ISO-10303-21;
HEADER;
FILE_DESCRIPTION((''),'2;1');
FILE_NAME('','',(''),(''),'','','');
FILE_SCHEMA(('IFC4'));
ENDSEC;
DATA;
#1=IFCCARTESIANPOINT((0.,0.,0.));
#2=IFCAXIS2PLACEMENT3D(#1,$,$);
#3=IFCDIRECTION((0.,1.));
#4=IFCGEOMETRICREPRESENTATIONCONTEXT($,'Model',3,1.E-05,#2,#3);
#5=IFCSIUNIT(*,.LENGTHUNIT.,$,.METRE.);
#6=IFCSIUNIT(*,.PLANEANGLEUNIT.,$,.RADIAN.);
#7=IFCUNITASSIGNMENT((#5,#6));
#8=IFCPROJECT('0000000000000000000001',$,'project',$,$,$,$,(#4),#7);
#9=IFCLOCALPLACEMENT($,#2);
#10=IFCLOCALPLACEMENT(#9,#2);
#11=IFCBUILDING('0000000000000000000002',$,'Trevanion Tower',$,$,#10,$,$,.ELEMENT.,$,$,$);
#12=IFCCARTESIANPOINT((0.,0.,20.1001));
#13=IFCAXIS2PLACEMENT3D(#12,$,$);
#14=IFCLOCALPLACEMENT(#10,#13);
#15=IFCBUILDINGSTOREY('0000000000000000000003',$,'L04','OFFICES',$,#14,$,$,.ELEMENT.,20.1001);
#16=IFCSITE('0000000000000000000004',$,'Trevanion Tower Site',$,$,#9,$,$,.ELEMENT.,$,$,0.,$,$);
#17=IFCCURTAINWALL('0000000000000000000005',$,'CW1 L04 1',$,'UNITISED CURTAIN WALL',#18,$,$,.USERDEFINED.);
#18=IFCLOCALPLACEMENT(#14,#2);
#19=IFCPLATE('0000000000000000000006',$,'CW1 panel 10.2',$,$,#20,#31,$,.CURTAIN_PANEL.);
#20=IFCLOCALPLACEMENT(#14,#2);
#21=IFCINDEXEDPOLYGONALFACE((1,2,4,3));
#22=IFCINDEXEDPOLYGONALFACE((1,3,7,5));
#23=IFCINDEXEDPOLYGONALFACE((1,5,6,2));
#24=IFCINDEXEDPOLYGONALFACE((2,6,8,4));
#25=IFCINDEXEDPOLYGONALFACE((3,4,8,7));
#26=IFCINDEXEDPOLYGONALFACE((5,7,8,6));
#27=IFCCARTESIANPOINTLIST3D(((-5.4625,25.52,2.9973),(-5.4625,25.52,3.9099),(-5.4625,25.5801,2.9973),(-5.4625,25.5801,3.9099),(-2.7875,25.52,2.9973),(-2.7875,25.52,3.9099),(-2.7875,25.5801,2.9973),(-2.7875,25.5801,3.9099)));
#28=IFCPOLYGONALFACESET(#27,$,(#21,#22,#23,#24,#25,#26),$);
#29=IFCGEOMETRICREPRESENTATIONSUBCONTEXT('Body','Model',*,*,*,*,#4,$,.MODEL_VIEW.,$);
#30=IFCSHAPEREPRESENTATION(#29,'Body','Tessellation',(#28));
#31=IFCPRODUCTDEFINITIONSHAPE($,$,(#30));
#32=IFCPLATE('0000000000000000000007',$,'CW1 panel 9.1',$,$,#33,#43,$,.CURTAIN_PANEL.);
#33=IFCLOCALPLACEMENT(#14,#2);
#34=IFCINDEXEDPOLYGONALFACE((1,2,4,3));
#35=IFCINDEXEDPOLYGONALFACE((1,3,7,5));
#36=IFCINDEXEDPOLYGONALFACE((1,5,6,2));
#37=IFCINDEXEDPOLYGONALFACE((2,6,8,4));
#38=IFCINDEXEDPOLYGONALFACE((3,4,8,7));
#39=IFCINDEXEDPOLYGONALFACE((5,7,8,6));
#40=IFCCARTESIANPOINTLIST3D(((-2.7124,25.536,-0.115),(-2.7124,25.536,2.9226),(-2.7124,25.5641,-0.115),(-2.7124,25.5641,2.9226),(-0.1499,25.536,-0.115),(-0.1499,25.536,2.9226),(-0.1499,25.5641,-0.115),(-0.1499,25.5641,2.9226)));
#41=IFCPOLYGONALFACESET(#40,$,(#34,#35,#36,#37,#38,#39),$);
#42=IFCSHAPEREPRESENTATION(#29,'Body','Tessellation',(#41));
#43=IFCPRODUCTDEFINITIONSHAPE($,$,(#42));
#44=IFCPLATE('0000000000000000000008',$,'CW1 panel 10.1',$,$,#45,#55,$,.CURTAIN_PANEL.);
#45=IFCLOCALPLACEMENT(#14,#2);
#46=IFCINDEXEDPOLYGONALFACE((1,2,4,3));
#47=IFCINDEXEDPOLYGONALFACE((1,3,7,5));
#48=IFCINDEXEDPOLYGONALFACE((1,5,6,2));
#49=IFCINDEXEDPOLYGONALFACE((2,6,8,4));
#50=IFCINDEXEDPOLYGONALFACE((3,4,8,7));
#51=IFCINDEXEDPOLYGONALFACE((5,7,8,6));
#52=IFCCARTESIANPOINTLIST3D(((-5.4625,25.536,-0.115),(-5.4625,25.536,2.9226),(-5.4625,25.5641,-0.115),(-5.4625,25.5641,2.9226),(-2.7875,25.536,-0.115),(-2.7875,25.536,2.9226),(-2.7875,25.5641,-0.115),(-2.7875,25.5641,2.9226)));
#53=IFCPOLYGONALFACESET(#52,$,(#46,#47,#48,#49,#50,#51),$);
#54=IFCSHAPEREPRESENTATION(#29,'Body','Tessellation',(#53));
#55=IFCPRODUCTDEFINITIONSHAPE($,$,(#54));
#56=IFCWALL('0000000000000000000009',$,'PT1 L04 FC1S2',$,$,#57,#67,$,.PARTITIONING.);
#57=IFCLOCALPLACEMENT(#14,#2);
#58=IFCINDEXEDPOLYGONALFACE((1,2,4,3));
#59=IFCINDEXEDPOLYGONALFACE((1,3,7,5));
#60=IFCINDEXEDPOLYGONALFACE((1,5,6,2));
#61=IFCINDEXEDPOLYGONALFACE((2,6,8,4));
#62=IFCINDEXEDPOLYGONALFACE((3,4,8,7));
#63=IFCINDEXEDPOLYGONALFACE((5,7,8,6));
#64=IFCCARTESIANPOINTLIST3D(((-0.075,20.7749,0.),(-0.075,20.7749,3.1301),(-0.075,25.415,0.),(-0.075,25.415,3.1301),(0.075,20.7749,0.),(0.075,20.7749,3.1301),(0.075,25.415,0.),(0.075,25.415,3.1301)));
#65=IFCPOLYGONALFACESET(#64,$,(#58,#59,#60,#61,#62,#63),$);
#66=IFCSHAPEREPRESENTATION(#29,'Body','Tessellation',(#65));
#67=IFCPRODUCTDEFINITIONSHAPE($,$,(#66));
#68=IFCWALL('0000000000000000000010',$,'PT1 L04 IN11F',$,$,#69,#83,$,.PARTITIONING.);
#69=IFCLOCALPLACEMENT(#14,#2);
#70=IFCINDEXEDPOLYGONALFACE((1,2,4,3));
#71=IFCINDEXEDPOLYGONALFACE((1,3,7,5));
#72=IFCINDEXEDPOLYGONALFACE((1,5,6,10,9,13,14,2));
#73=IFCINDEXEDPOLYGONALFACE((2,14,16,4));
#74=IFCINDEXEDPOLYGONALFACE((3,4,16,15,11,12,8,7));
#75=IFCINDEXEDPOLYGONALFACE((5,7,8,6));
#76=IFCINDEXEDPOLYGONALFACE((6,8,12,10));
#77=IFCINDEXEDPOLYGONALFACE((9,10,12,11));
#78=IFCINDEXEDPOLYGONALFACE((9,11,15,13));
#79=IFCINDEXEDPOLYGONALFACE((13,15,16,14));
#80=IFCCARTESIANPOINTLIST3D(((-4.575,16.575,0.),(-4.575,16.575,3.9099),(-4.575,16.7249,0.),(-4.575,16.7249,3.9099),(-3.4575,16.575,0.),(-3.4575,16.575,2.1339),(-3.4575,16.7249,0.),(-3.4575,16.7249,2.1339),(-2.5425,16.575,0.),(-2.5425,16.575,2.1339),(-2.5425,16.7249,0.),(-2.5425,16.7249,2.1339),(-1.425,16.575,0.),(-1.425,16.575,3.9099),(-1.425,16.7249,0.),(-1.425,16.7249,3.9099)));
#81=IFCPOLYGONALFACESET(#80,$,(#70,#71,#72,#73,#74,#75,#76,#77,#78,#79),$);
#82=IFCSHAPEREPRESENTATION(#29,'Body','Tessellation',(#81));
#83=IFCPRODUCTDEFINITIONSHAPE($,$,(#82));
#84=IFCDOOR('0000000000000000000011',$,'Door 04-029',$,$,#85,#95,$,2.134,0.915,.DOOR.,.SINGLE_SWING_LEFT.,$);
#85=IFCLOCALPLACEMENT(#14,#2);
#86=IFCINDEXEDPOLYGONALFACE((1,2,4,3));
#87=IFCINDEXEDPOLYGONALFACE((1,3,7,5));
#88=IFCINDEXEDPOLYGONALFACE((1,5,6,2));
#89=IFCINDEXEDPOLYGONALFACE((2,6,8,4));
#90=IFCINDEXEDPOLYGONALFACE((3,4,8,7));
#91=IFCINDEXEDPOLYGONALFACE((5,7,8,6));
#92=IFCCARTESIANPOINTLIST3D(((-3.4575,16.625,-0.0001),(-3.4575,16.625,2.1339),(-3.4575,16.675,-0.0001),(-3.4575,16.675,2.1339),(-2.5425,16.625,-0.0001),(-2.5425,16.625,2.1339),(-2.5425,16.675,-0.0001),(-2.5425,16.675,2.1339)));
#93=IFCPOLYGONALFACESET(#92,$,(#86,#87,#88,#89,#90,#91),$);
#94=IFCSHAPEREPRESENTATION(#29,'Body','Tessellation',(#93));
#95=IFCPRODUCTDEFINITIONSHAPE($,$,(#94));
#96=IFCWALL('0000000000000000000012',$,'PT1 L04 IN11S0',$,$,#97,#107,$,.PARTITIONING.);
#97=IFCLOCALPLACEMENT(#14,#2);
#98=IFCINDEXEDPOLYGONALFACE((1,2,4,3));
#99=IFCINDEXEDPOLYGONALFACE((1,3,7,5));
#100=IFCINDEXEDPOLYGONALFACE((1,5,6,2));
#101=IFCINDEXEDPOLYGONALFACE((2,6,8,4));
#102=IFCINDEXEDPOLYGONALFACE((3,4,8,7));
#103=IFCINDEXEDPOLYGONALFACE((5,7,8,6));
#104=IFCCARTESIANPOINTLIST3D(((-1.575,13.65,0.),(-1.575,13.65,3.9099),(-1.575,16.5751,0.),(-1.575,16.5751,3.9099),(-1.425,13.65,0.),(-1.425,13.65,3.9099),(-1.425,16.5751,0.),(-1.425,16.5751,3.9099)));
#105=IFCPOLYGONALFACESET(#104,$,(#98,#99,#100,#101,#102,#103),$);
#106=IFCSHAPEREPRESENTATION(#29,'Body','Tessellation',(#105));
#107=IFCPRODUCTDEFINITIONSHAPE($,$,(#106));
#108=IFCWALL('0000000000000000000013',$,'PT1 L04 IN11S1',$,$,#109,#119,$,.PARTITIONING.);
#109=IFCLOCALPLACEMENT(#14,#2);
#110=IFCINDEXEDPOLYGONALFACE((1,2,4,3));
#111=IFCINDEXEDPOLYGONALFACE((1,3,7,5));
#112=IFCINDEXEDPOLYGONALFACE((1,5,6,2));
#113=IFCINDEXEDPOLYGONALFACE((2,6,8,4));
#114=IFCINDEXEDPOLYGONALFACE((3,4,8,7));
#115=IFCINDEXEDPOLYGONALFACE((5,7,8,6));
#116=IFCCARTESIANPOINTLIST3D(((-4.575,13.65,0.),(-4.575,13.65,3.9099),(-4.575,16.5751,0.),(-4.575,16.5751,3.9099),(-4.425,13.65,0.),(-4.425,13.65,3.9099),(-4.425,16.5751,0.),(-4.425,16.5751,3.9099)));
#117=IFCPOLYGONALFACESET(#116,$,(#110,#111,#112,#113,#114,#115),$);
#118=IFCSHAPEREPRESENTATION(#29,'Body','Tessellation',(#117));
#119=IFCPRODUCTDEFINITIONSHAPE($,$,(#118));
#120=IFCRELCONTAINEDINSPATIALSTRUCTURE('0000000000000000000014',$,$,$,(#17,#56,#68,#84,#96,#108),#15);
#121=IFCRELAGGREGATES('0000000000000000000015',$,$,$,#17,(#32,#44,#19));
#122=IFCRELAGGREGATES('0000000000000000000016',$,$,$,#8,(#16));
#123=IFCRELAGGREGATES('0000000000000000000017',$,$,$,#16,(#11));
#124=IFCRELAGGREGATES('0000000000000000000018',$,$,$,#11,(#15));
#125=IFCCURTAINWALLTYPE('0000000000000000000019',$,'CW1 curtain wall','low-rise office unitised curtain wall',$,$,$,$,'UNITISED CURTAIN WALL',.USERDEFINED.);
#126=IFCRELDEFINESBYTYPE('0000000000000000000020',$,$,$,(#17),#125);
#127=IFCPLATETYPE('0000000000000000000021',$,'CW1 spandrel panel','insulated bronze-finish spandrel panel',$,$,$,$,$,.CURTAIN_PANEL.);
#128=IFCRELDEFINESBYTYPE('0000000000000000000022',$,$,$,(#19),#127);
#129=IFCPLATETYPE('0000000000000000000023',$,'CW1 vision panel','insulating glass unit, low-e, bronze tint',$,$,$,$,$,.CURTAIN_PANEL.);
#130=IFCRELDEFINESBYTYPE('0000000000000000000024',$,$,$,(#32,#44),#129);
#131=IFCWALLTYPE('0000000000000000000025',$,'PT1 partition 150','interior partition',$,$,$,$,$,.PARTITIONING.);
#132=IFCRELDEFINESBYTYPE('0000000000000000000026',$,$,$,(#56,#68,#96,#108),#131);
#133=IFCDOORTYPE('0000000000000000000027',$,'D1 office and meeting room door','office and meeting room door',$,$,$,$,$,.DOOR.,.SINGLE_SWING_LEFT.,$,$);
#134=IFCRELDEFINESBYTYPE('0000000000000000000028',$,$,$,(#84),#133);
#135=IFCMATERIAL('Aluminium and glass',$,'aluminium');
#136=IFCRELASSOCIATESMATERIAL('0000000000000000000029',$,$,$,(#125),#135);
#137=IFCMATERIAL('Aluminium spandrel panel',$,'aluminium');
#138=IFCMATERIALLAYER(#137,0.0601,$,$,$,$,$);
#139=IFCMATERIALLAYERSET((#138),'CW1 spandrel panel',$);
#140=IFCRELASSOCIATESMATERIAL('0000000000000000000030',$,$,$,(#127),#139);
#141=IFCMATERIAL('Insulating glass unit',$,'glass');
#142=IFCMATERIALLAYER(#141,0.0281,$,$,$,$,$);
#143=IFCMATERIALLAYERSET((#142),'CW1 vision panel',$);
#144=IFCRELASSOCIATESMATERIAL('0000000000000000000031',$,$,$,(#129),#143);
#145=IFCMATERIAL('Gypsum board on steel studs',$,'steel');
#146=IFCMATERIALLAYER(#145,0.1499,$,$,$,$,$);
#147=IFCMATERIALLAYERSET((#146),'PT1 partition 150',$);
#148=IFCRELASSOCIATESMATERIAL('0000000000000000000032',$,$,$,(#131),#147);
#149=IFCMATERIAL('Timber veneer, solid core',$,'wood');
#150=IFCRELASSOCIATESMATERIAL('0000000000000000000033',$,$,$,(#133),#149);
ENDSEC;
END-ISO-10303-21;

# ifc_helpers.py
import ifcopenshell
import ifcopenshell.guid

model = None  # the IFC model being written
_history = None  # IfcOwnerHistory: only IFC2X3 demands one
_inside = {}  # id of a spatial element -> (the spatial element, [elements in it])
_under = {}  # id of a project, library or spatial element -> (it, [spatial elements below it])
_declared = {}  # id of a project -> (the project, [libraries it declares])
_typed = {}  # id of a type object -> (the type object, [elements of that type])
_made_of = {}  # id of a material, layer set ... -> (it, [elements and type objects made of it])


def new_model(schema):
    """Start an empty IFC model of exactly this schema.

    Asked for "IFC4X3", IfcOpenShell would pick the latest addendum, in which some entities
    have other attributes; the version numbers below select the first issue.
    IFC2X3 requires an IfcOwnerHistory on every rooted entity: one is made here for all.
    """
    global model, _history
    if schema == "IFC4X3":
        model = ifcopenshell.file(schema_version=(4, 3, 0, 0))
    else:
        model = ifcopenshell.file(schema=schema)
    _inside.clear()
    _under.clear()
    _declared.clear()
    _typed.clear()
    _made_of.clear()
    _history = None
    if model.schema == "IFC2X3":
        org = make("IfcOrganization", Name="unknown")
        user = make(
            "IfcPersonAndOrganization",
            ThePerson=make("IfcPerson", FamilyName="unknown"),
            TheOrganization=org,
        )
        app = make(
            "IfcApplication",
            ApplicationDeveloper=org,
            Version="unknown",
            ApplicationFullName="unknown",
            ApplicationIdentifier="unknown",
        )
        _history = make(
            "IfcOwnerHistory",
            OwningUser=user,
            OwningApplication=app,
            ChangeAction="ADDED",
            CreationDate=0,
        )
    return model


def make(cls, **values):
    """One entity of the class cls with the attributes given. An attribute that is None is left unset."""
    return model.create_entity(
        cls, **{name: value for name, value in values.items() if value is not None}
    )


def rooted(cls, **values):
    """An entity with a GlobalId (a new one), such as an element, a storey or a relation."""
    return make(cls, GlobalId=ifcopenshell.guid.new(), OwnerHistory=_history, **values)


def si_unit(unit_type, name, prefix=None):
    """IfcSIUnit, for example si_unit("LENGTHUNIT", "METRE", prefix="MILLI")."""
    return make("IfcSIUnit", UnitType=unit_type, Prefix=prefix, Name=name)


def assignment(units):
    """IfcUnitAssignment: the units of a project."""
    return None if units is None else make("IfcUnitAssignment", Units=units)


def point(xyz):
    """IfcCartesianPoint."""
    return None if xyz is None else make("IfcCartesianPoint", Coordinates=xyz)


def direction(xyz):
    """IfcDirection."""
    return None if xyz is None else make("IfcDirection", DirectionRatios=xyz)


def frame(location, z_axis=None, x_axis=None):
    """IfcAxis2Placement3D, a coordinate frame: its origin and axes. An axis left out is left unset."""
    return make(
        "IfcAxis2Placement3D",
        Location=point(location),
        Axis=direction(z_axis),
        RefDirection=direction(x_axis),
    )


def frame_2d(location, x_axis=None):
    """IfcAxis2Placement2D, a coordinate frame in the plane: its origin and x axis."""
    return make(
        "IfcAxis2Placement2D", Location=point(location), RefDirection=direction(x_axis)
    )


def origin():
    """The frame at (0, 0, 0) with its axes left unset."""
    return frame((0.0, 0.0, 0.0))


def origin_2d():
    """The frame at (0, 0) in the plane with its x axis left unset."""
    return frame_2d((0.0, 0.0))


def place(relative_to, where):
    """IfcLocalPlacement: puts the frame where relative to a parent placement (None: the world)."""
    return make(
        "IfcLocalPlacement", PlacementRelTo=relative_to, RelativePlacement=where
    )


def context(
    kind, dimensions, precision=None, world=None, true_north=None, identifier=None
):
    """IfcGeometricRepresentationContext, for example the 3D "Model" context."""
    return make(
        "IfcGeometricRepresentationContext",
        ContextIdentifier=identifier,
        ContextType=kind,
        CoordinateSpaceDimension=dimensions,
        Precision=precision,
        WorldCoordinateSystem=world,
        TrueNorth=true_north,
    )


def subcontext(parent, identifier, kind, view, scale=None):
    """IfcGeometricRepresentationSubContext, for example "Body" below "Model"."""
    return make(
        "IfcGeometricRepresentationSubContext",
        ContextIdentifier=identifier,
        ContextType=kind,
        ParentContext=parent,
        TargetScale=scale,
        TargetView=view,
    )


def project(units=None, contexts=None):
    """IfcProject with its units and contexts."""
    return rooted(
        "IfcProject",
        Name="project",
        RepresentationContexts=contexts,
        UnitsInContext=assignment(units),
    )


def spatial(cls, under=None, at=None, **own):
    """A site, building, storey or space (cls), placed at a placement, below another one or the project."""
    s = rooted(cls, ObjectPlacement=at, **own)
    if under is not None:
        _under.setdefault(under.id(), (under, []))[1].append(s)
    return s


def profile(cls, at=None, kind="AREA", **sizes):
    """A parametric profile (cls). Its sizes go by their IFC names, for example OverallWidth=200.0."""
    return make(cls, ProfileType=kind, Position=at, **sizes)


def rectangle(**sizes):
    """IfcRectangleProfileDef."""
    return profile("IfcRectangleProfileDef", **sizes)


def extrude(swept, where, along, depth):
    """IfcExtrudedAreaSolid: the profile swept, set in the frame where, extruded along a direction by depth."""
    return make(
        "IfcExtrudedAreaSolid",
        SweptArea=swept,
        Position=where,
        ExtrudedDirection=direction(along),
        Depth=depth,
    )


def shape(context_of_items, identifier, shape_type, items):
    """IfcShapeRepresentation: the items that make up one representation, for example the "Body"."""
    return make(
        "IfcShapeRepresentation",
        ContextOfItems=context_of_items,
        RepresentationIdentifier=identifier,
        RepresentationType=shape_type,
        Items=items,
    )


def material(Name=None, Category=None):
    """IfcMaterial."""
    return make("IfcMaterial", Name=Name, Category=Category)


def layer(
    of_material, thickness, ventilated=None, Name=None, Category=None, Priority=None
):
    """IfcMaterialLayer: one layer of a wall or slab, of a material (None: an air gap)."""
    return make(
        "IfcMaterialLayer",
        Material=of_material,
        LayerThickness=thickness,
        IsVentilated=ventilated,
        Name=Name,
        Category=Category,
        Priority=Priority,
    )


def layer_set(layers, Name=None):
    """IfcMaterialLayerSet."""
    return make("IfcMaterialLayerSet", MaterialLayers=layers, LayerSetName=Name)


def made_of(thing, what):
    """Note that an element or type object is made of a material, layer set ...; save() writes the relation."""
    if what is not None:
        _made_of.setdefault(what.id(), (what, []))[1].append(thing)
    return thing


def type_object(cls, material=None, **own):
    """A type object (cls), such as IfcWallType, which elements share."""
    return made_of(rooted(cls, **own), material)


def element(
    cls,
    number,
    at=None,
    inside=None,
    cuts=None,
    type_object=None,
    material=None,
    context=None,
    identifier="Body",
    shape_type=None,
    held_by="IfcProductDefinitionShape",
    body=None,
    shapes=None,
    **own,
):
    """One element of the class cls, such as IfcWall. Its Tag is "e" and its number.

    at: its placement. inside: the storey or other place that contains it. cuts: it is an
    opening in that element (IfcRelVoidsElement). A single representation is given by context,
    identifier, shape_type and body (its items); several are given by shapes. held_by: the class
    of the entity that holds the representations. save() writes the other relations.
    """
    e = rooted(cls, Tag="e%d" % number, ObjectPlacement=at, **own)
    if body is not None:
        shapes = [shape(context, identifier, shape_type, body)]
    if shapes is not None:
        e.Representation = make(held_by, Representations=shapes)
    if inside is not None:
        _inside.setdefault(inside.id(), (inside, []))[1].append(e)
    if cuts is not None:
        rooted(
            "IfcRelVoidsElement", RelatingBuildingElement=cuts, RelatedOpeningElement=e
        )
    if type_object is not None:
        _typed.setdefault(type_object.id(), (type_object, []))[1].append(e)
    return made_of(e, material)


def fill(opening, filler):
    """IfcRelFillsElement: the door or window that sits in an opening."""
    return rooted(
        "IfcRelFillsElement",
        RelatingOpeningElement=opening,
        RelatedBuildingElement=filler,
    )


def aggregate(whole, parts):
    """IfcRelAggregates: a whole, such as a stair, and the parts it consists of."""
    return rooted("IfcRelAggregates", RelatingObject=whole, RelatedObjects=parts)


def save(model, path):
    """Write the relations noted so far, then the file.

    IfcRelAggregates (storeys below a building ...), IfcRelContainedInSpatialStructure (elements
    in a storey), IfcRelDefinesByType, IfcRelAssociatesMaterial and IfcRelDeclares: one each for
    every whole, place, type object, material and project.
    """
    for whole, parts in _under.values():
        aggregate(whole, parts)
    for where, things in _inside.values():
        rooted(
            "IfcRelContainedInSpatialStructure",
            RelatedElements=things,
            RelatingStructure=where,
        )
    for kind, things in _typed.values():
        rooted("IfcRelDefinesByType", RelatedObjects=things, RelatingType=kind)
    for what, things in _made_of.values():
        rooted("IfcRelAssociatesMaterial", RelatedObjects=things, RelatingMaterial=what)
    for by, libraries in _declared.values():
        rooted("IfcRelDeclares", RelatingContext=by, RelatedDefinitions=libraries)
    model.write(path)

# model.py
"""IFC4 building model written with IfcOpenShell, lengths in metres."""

from ifc_helpers import new_model, si_unit, direction, frame, frame_2d, origin, origin_2d, place, context, subcontext, project, spatial, rectangle, extrude, material, layer, layer_set, type_object, element, fill, aggregate, save


model = new_model("IFC4")

# Units and contexts
model_context = context("Model", 3, precision=1e-05, world=origin(), true_north=direction((0.0, 1.0)))
body_context = subcontext(model_context, "Body", "Model", "MODEL_VIEW")
ifc_project = project(units=[si_unit("LENGTHUNIT", "METRE"), si_unit("PLANEANGLEUNIT", "RADIAN")], contexts=[model_context])

# Site, building, storey
site_placement = place(None, origin())
site = spatial("IfcSite", under=ifc_project, at=site_placement, Name="Trevanion Tower Site", CompositionType="ELEMENT", RefElevation=0.0)
building_placement = place(site_placement, origin())
building = spatial("IfcBuilding", under=site, at=building_placement, Name="Trevanion Tower", CompositionType="ELEMENT")
storey_placement = place(building_placement, frame((0.0, 0.0, 20.1001)))
storey = spatial("IfcBuildingStorey", under=building, at=storey_placement, Name="L04", Description="OFFICES", CompositionType="ELEMENT", Elevation=20.1001)

# Curtain wall
ifc_material_1 = material(Name="Aluminium and glass", Category="aluminium")
curtain_wall_type = type_object("IfcCurtainWallType", Name="CW1 curtain wall", Description="low-rise office unitised curtain wall", ElementType="UNITISED CURTAIN WALL", PredefinedType="USERDEFINED", material=ifc_material_1)
curtain_wall_placement = place(storey_placement, origin())
curtain_wall = element("IfcCurtainWall", 1, at=curtain_wall_placement, inside=storey, type_object=curtain_wall_type, Name="CW1 L04 1", ObjectType="UNITISED CURTAIN WALL", PredefinedType="USERDEFINED")

# Plates
ifc_material_2 = material(Name="Aluminium spandrel panel", Category="aluminium")
ifc_layer_1 = layer(ifc_material_2, 0.0601)
ifc_layer_set_1 = layer_set([ifc_layer_1], Name="CW1 spandrel panel")
plate_type_1 = type_object("IfcPlateType", Name="CW1 spandrel panel", Description="insulated bronze-finish spandrel panel", PredefinedType="CURTAIN_PANEL", material=ifc_layer_set_1)
plate_1_placement = place(storey_placement, frame((-4.125, 25.55, 2.9973), z_axis=(0.0, 0.0, 1.0), x_axis=(-1.0, 0.0, 0.0)))
plate_1 = element("IfcPlate", 2, at=plate_1_placement, type_object=plate_type_1, Name="CW1 panel 10.2", PredefinedType="CURTAIN_PANEL", context=body_context, shape_type="SweptSolid", body=[
    extrude(rectangle(XDim=2.675, YDim=0.0601, at=origin_2d()), origin(), (0.0, 0.0, 1.0), 0.9126),
])
ifc_material_3 = material(Name="Insulating glass unit", Category="glass")
ifc_layer_2 = layer(ifc_material_3, 0.0281)
ifc_layer_set_2 = layer_set([ifc_layer_2], Name="CW1 vision panel")
plate_type_2 = type_object("IfcPlateType", Name="CW1 vision panel", Description="insulating glass unit, low-e, bronze tint", PredefinedType="CURTAIN_PANEL", material=ifc_layer_set_2)
plate_2_placement = place(storey_placement, frame((-1.4312, 25.55, -0.115), z_axis=(0.0, 0.0, 1.0), x_axis=(-1.0, 0.0, 0.0)))
plate_2 = element("IfcPlate", 3, at=plate_2_placement, type_object=plate_type_2, Name="CW1 panel 9.1", PredefinedType="CURTAIN_PANEL", context=body_context, shape_type="SweptSolid", body=[
    extrude(rectangle(XDim=2.5625, YDim=0.0281, at=origin_2d()), origin(), (0.0, 0.0, 1.0), 3.0376),
])
plate_3_placement = place(storey_placement, frame((-4.125, 25.55, -0.115), z_axis=(0.0, 0.0, 1.0), x_axis=(-1.0, 0.0, 0.0)))
plate_3 = element("IfcPlate", 4, at=plate_3_placement, type_object=plate_type_2, Name="CW1 panel 10.1", PredefinedType="CURTAIN_PANEL", context=body_context, shape_type="SweptSolid", body=[
    extrude(rectangle(XDim=2.675, YDim=0.0281, at=origin_2d()), origin(), (0.0, 0.0, 1.0), 3.0376),
])
aggregate(curtain_wall, [plate_2, plate_3, plate_1])

# Wall
ifc_material_4 = material(Name="Gypsum board on steel studs", Category="steel")
ifc_layer_3 = layer(ifc_material_4, 0.1499)
ifc_layer_set_3 = layer_set([ifc_layer_3], Name="PT1 partition 150")
wall_type = type_object("IfcWallType", Name="PT1 partition 150", Description="interior partition", PredefinedType="PARTITIONING", material=ifc_layer_set_3)
wall_1_placement = place(storey_placement, frame((0.0, 20.7749, 0.0), z_axis=(0.0, 0.0, 1.0), x_axis=(0.0, 1.0, 0.0)))
element("IfcWall", 5, at=wall_1_placement, inside=storey, type_object=wall_type, Name="PT1 L04 FC1S2", PredefinedType="PARTITIONING", context=body_context, shape_type="SweptSolid", body=[
    extrude(rectangle(XDim=4.6401, YDim=0.1499, at=frame_2d((2.3201, 0.0))), origin(), (0.0, 0.0, 1.0), 3.1301),
])

# Wall, opening, door
wall_2_placement = place(storey_placement, frame((-1.425, 16.6499, 0.0), z_axis=(0.0, 0.0, 1.0), x_axis=(-1.0, 0.0, 0.0)))
wall_2 = element("IfcWall", 6, at=wall_2_placement, inside=storey, type_object=wall_type, Name="PT1 L04 IN11F", PredefinedType="PARTITIONING", context=body_context, shape_type="SweptSolid", body=[
    extrude(rectangle(XDim=3.1499, YDim=0.1499, at=frame_2d((1.575, 0.0))), origin(), (0.0, 0.0, 1.0), 3.9099),
])
opening_placement = place(wall_2_placement, frame((1.1174, 0.0, 0.0)))
opening = element("IfcOpeningElement", 7, at=opening_placement, cuts=wall_2, PredefinedType="OPENING", context=body_context, shape_type="SweptSolid", body=[
    extrude(rectangle(XDim=0.915, YDim=2.134, at=frame_2d((0.4575, 1.0669))), frame((0.0, 0.085, 0.0), z_axis=(0.0, -1.0, 0.0), x_axis=(1.0, 0.0, 0.0)), (0.0, 0.0, 1.0), 0.1699),
])
ifc_material_5 = material(Name="Timber veneer, solid core", Category="wood")
door_type = type_object("IfcDoorType", Name="D1 office and meeting room door", Description="office and meeting room door", OperationType="SINGLE_SWING_LEFT", PredefinedType="DOOR", material=ifc_material_5)
door_placement = place(opening_placement, origin())
door = element("IfcDoor", 8, at=door_placement, inside=storey, type_object=door_type, Name="Door 04-029", OperationType="SINGLE_SWING_LEFT", OverallHeight=2.134, OverallWidth=0.915, PredefinedType="DOOR", context=body_context, shape_type="SweptSolid", body=[
    extrude(rectangle(XDim=0.915, YDim=2.134, at=frame_2d((0.4575, 1.0669))), frame((0.0, 0.0249, 0.0), z_axis=(0.0, -1.0, 0.0), x_axis=(1.0, 0.0, 0.0)), (0.0, 0.0, 1.0), 0.05),
])
fill(opening, door)

# Walls
for number, where, z_axis, x_axis, name in (
    (9, (-1.5, 16.575, 0.0), (0.0, 0.0, 1.0), (0.0, -1.0, 0.0), "PT1 L04 IN11S0"),
    (10, (-4.5, 16.575, 0.0), (0.0, 0.0, 1.0), (0.0, -1.0, 0.0), "PT1 L04 IN11S1"),
):
    element("IfcWall", number, at=place(storey_placement, frame(where, z_axis=z_axis, x_axis=x_axis)), inside=storey, type_object=wall_type, Name=name, PredefinedType="PARTITIONING", context=body_context, shape_type="SweptSolid", body=[
        extrude(rectangle(XDim=2.925, YDim=0.1499, at=frame_2d((1.4624, 0.0))), origin(), (0.0, 0.0, 1.0), 3.9099),
    ])

save(model, "model.ifc")
